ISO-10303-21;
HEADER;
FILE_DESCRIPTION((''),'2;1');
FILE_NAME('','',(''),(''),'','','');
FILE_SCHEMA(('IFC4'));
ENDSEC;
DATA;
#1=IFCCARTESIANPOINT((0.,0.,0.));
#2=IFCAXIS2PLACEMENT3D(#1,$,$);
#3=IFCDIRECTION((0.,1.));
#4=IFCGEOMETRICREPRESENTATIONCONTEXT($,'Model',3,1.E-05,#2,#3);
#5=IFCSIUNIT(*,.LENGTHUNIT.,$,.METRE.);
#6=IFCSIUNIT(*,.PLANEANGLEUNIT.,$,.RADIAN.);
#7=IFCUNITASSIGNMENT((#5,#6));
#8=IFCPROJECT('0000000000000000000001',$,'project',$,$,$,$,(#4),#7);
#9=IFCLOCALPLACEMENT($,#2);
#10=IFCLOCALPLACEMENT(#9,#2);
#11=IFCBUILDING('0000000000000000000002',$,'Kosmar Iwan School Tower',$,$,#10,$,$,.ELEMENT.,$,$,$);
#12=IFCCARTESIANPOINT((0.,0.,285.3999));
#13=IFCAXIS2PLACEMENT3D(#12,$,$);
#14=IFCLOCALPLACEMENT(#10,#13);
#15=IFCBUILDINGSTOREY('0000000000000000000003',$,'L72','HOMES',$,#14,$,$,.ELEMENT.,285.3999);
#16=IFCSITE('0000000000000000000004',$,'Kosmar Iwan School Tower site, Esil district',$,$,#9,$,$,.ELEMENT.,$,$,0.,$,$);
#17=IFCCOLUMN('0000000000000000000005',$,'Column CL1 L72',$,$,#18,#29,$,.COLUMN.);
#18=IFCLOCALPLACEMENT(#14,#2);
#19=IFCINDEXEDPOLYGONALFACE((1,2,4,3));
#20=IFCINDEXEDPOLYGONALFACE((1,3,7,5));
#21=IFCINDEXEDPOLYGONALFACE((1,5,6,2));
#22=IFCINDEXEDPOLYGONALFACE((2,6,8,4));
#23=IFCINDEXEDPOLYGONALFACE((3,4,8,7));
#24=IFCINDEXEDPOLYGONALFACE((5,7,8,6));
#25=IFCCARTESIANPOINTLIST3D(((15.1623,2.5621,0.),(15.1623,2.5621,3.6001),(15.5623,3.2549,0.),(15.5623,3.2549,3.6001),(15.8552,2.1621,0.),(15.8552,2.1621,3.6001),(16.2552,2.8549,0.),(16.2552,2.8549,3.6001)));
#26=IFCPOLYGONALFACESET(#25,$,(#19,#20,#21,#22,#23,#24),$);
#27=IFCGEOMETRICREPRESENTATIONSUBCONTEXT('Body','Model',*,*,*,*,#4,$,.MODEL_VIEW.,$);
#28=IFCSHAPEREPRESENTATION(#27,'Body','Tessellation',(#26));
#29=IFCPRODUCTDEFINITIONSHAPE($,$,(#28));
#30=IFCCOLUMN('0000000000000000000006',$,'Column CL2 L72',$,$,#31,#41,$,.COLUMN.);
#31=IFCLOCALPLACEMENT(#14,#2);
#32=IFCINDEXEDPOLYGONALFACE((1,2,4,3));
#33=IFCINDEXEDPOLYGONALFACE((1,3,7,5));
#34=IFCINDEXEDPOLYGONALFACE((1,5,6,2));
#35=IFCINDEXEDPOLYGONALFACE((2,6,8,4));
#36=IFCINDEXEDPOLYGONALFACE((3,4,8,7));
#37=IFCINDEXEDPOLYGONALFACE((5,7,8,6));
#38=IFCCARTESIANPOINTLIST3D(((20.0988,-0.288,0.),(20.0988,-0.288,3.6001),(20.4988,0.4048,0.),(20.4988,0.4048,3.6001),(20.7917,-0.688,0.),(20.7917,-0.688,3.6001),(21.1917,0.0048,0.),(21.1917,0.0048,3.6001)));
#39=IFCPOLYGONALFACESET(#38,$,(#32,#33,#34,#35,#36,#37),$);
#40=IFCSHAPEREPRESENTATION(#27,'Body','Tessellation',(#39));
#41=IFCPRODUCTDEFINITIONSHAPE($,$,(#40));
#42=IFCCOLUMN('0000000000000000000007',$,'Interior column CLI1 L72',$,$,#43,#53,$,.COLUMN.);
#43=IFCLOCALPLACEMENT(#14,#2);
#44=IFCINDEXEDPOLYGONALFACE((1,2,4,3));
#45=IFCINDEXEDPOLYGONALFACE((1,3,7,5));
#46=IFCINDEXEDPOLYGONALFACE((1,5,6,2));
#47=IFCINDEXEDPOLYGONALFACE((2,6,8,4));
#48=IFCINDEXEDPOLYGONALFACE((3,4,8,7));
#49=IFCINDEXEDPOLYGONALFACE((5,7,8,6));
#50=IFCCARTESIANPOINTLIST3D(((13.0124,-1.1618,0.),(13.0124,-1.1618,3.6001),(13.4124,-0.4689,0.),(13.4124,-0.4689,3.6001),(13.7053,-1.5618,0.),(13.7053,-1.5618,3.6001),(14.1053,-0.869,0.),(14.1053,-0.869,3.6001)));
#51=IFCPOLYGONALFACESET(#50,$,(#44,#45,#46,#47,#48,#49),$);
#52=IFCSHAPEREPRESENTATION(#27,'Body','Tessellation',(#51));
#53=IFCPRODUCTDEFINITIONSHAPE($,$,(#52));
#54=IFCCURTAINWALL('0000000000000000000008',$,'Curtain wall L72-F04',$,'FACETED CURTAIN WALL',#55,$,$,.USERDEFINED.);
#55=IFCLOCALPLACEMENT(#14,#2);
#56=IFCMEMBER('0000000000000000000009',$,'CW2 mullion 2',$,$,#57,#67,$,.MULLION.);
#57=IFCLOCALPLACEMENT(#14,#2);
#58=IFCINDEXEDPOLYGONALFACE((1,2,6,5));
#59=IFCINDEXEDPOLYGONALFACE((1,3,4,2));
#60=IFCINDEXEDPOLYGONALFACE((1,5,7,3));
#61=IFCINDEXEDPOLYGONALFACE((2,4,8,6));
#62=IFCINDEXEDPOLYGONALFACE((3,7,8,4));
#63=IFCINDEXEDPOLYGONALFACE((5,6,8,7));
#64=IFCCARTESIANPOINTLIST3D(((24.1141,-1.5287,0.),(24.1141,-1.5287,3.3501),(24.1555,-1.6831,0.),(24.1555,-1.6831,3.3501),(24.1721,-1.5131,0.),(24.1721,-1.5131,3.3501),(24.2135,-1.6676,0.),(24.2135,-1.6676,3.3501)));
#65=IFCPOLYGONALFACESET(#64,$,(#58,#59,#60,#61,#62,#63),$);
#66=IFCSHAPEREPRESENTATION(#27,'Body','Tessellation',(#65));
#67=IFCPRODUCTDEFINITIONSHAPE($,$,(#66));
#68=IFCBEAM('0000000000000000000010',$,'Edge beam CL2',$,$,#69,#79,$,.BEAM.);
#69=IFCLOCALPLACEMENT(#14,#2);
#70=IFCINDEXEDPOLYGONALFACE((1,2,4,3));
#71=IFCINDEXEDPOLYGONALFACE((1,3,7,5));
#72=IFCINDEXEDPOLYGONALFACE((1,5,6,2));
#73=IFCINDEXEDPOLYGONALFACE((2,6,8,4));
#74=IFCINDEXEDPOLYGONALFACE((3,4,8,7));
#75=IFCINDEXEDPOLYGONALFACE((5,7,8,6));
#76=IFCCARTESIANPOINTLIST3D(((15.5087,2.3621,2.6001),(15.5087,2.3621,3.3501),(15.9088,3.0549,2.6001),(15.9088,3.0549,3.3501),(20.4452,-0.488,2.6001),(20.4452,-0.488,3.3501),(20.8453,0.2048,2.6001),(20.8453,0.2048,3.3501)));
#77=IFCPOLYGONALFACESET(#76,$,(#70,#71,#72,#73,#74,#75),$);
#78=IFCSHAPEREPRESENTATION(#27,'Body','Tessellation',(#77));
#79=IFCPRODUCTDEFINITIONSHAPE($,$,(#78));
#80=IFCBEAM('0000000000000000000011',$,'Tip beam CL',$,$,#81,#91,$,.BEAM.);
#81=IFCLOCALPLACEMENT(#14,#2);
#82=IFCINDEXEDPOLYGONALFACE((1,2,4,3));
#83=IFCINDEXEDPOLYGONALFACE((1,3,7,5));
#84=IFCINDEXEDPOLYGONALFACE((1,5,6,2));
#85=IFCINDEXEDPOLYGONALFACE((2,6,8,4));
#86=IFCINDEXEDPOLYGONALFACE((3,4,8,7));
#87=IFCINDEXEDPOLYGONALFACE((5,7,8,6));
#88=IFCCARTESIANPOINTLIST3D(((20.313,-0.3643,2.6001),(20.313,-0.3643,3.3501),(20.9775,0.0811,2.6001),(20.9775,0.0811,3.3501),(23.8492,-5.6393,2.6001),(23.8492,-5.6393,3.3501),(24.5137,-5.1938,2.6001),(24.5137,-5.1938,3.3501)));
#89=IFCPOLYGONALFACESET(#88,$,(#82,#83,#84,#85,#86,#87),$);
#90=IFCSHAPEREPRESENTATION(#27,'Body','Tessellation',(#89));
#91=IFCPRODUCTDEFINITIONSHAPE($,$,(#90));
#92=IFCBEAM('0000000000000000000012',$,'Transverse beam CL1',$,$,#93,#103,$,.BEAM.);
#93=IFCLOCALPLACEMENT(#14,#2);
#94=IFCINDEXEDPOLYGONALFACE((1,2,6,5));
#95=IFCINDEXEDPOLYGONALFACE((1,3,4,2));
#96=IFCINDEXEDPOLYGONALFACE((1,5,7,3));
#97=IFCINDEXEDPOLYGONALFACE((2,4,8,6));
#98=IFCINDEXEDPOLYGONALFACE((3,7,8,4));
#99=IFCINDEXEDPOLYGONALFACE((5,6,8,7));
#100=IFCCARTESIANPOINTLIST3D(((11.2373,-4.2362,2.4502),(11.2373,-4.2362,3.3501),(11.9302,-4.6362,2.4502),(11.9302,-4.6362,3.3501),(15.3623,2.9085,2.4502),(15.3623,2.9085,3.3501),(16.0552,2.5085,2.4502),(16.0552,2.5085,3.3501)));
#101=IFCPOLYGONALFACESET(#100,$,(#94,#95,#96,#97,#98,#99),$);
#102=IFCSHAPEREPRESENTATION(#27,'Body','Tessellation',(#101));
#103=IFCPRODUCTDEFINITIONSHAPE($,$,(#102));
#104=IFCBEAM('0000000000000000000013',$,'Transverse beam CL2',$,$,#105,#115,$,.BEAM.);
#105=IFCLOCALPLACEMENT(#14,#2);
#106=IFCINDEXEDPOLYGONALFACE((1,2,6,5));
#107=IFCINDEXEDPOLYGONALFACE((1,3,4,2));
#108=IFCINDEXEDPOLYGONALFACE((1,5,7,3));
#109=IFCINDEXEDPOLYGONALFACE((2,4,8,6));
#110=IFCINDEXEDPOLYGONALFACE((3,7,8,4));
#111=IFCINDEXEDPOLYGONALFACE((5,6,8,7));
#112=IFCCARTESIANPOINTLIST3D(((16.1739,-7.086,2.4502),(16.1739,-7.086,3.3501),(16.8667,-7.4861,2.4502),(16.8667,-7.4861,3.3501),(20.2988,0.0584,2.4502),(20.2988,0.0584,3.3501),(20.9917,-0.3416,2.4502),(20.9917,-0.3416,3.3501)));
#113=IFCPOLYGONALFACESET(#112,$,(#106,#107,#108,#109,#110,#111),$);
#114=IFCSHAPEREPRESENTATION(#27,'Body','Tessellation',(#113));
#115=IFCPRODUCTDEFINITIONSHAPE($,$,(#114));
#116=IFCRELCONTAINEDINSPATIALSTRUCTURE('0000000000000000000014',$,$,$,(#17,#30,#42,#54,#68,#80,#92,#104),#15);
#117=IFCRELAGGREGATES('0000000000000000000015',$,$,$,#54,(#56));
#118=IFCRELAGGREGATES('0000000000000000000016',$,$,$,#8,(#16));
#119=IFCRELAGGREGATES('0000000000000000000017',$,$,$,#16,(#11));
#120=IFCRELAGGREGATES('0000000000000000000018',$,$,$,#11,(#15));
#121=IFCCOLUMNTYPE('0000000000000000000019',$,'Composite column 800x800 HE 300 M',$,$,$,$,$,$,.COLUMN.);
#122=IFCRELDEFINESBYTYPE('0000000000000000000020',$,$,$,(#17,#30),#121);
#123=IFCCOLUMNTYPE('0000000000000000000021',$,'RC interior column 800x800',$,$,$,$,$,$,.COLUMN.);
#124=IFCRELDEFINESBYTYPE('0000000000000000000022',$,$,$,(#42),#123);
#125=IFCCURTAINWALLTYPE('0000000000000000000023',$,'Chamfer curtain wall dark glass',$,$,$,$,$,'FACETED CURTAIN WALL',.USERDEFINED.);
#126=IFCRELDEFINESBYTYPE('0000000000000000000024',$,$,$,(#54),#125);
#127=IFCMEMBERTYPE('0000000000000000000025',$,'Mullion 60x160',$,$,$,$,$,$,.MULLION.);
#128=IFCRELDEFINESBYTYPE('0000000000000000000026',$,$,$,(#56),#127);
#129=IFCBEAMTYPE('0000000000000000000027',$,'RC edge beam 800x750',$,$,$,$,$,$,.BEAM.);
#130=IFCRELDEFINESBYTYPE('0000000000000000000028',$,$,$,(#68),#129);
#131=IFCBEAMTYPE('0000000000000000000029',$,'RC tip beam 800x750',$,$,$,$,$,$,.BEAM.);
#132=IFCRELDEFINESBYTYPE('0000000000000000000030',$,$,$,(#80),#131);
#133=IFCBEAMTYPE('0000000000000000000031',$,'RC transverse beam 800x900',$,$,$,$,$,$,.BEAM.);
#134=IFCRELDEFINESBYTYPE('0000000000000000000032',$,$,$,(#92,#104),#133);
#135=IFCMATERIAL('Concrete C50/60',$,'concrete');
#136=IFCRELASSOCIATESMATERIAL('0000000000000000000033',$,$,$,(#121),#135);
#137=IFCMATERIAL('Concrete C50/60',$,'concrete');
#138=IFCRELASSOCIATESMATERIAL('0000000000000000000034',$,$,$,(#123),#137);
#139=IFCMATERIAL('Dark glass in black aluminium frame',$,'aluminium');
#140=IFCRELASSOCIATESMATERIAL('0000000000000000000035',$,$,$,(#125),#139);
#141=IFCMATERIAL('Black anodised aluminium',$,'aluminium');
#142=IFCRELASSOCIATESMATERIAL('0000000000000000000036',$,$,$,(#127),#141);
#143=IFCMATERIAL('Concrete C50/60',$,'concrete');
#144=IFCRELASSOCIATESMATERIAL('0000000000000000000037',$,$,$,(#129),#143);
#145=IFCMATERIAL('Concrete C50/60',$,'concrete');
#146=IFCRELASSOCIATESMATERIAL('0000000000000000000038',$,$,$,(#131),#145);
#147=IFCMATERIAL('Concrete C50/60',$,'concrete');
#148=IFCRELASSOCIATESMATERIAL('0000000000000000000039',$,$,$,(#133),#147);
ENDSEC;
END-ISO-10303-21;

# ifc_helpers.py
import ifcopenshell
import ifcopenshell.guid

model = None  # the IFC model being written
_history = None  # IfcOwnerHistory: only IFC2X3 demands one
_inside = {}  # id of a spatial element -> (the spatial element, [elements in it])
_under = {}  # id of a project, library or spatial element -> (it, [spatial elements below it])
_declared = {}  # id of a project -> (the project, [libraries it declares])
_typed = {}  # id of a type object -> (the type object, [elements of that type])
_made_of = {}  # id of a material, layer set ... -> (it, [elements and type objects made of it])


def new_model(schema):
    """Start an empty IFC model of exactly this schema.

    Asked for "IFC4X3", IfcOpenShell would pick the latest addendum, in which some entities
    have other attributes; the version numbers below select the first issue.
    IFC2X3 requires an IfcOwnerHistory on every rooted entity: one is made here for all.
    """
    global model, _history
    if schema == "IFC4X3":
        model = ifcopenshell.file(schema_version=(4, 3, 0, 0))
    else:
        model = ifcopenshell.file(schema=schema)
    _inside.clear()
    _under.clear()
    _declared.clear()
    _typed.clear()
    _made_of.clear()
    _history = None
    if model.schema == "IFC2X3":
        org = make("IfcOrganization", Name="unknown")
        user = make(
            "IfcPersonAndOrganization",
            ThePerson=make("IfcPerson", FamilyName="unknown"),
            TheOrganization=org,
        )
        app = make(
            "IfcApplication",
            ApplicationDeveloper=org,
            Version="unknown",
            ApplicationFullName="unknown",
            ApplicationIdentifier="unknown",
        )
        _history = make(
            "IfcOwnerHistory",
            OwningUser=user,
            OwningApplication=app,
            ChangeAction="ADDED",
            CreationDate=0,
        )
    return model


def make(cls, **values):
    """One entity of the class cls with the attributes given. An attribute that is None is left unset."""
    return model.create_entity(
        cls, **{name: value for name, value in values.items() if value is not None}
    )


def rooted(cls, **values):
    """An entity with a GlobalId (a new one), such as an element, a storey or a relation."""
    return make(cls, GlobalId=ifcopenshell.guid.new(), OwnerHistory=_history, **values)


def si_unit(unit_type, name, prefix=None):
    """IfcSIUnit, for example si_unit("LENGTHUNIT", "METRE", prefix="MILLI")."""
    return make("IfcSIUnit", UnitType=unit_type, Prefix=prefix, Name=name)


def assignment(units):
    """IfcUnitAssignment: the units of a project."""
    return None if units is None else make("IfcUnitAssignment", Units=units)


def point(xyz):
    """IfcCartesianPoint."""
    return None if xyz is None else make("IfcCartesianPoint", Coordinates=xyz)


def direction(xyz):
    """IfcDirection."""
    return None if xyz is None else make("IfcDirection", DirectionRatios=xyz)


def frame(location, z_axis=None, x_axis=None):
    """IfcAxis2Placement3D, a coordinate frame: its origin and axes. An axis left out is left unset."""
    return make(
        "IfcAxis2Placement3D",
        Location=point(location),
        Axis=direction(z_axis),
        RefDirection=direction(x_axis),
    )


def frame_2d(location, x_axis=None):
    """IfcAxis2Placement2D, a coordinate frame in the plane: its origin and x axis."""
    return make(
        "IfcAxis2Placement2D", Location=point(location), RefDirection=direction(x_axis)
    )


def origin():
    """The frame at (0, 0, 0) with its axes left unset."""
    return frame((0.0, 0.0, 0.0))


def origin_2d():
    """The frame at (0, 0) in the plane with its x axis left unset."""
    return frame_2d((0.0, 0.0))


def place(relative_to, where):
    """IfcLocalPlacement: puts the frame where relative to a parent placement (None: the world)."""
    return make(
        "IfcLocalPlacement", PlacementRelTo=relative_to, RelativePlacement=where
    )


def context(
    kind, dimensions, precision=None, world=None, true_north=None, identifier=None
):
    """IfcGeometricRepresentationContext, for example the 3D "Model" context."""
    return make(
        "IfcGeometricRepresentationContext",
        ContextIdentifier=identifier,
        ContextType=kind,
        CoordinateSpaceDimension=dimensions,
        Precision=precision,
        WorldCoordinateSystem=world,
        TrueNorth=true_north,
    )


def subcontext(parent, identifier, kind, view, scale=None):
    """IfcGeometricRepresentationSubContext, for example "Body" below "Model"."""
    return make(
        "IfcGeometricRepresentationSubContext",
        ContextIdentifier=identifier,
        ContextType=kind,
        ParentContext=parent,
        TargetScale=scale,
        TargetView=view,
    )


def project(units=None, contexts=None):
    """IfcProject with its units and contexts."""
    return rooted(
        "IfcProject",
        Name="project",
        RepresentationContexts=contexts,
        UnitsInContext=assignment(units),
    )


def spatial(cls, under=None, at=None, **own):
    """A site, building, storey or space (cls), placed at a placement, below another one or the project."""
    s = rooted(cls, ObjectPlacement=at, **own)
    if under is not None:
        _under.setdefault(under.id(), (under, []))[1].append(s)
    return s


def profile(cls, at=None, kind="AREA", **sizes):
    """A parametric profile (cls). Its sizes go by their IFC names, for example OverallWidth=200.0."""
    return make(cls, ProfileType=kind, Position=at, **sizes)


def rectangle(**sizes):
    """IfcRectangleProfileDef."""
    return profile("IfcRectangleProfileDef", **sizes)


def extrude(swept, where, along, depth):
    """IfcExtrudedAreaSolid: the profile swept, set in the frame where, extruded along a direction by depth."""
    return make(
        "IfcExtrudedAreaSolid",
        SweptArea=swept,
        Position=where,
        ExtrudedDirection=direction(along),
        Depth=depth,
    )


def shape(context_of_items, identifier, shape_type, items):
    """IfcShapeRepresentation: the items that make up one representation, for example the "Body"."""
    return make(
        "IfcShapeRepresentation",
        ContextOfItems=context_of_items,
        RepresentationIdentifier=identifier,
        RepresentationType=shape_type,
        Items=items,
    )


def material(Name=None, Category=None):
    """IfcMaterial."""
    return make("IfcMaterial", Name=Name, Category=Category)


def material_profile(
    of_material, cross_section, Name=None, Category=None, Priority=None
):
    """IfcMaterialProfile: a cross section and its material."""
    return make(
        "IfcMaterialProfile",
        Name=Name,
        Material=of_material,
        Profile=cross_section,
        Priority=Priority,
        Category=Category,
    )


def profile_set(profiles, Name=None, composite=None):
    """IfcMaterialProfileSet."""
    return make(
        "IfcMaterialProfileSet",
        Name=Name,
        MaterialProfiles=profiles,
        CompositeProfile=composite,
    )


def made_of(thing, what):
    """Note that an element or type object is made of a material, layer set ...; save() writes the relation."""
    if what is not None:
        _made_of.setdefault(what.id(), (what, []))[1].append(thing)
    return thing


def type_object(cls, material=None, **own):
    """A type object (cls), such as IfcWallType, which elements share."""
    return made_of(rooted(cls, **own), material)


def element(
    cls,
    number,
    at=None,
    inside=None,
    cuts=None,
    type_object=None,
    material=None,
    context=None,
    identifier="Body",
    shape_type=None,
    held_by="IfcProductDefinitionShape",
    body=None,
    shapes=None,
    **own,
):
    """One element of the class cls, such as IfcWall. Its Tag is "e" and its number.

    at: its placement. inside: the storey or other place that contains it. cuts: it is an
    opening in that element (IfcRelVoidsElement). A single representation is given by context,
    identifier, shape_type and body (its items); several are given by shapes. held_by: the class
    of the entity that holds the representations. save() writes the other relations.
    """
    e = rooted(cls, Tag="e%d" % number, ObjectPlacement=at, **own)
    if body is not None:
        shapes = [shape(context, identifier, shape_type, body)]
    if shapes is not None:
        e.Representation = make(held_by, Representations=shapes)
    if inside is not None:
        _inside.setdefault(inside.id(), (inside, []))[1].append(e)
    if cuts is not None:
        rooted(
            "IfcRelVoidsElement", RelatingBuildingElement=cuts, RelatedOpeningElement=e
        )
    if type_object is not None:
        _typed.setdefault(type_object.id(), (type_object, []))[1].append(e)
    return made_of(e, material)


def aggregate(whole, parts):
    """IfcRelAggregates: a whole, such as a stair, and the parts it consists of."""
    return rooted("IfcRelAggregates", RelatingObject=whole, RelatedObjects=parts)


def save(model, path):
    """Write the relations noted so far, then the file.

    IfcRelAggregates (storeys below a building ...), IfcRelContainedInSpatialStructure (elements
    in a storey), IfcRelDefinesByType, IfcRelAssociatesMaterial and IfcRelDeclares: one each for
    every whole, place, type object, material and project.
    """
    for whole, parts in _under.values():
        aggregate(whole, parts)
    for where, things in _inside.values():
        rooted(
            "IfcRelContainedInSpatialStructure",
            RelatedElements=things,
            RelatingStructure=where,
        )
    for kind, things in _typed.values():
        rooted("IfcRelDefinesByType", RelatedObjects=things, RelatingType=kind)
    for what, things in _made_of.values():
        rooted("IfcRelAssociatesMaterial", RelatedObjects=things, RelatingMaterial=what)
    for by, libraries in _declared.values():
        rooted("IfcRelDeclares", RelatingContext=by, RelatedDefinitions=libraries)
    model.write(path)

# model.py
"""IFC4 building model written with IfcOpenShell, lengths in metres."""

from ifc_helpers import new_model, si_unit, direction, frame, origin, origin_2d, place, context, subcontext, project, spatial, rectangle, extrude, material, material_profile, profile_set, type_object, element, aggregate, save


model = new_model("IFC4")

# Units and contexts
model_context = context("Model", 3, precision=1e-05, world=origin(), true_north=direction((0.0, 1.0)))
body_context = subcontext(model_context, "Body", "Model", "MODEL_VIEW")
ifc_project = project(units=[si_unit("LENGTHUNIT", "METRE"), si_unit("PLANEANGLEUNIT", "RADIAN")], contexts=[model_context])

# Site, building, storey
site_placement = place(None, origin())
site = spatial("IfcSite", under=ifc_project, at=site_placement, Name="Kosmar Iwan School Tower site, Esil district", CompositionType="ELEMENT", RefElevation=0.0)
building_placement = place(site_placement, origin())
building = spatial("IfcBuilding", under=site, at=building_placement, Name="Kosmar Iwan School Tower", CompositionType="ELEMENT")
storey_placement = place(building_placement, frame((0.0, 0.0, 285.3999)))
storey = spatial("IfcBuildingStorey", under=building, at=storey_placement, Name="L72", Description="HOMES", CompositionType="ELEMENT", Elevation=285.3999)

# Columns
ifc_material_1 = material(Name="Concrete C50/60", Category="concrete")
ifc_material_profile_1 = material_profile(ifc_material_1, rectangle(XDim=0.8, YDim=0.8, at=origin_2d()), Name="RC 800x800 + HE 300 M")
ifc_profile_set_1 = profile_set([ifc_material_profile_1], Name="Concrete C50/60")
column_type_1 = type_object("IfcColumnType", Name="Composite column 800x800 HE 300 M", PredefinedType="COLUMN", material=ifc_profile_set_1)
for number, where, z_axis, x_axis, name in (
    (1, (15.7087, 2.7085, 0.0), (0.0, 0.0, 1.0), (0.866025, -0.5, 0.0), "Column CL1 L72"),
    (2, (20.6453, -0.1416, 0.0), (0.0, 0.0, 1.0), (0.866025, -0.5, 0.0), "Column CL2 L72"),
):
    element("IfcColumn", number, at=place(storey_placement, frame(where, z_axis=z_axis, x_axis=x_axis)), inside=storey, type_object=column_type_1, Name=name, PredefinedType="COLUMN", context=body_context, shape_type="SweptSolid", body=[
        extrude(rectangle(XDim=0.8, YDim=0.8, at=origin_2d()), origin(), (0.0, 0.0, 1.0), 3.6001),
    ])
ifc_material_2 = material(Name="Concrete C50/60", Category="concrete")
ifc_material_profile_2 = material_profile(ifc_material_2, rectangle(XDim=0.8, YDim=0.8, at=origin_2d()), Name="RC 800x800")
ifc_profile_set_2 = profile_set([ifc_material_profile_2], Name="Concrete C50/60")
column_type_2 = type_object("IfcColumnType", Name="RC interior column 800x800", PredefinedType="COLUMN", material=ifc_profile_set_2)
column_placement = place(storey_placement, frame((13.5588, -1.0154, 0.0), z_axis=(0.0, 0.0, 1.0), x_axis=(0.866025, -0.5, 0.0)))
element("IfcColumn", 3, at=column_placement, inside=storey, type_object=column_type_2, Name="Interior column CLI1 L72", PredefinedType="COLUMN", context=body_context, shape_type="SweptSolid", body=[
    extrude(rectangle(XDim=0.8, YDim=0.8, at=origin_2d()), origin(), (0.0, 0.0, 1.0), 3.6001),
])

# Curtain wall, member
ifc_material_3 = material(Name="Dark glass in black aluminium frame", Category="aluminium")
curtain_wall_type = type_object("IfcCurtainWallType", Name="Chamfer curtain wall dark glass", ElementType="FACETED CURTAIN WALL", PredefinedType="USERDEFINED", material=ifc_material_3)
curtain_wall_placement = place(storey_placement, origin())
curtain_wall = element("IfcCurtainWall", 4, at=curtain_wall_placement, inside=storey, type_object=curtain_wall_type, Name="Curtain wall L72-F04", ObjectType="FACETED CURTAIN WALL", PredefinedType="USERDEFINED")
ifc_material_4 = material(Name="Black anodised aluminium", Category="aluminium")
ifc_material_profile_3 = material_profile(ifc_material_4, rectangle(XDim=0.0601, YDim=0.1599, at=origin_2d()), Name="MULLION 60x160")
ifc_profile_set_3 = profile_set([ifc_material_profile_3], Name="Black anodised aluminium")
member_type = type_object("IfcMemberType", Name="Mullion 60x160", PredefinedType="MULLION", material=ifc_profile_set_3)
member_placement = place(storey_placement, frame((24.1638, -1.5981, 0.0), z_axis=(0.0, 0.0, 1.0), x_axis=(-0.965926, -0.258819, 0.0)))
member = element("IfcMember", 5, at=member_placement, type_object=member_type, Name="CW2 mullion 2", PredefinedType="MULLION", context=body_context, shape_type="SweptSolid", body=[
    extrude(rectangle(XDim=0.0601, YDim=0.1599, at=origin_2d()), origin(), (0.0, 0.0, 1.0), 3.3501),
])
aggregate(curtain_wall, [member])

# Beams
ifc_material_5 = material(Name="Concrete C50/60", Category="concrete")
ifc_material_profile_4 = material_profile(ifc_material_5, rectangle(XDim=0.8, YDim=0.75, at=origin_2d()), Name="RC 800x750")
ifc_profile_set_4 = profile_set([ifc_material_profile_4], Name="Concrete C50/60")
beam_type_1 = type_object("IfcBeamType", Name="RC edge beam 800x750", PredefinedType="BEAM", material=ifc_profile_set_4)
beam_1_placement = place(storey_placement, frame((15.7087, 2.7085, 2.9751), z_axis=(0.866026, -0.499999, 0.0), x_axis=(0.499999, 0.866026, 0.0)))
element("IfcBeam", 6, at=beam_1_placement, inside=storey, type_object=beam_type_1, Name="Edge beam CL2", PredefinedType="BEAM", context=body_context, shape_type="SweptSolid", body=[
    extrude(rectangle(XDim=0.8, YDim=0.75, at=origin_2d()), origin(), (0.0, 0.0, 1.0), 5.7002),
])
ifc_material_6 = material(Name="Concrete C50/60", Category="concrete")
ifc_material_profile_5 = material_profile(ifc_material_6, rectangle(XDim=0.8, YDim=0.75, at=origin_2d()), Name="RC 800x750")
ifc_profile_set_5 = profile_set([ifc_material_profile_5], Name="Concrete C50/60")
beam_type_2 = type_object("IfcBeamType", Name="RC tip beam 800x750", PredefinedType="BEAM", material=ifc_profile_set_5)
beam_2_placement = place(storey_placement, frame((20.6453, -0.1416, 2.9751), z_axis=(0.556828, -0.830628, 0.0), x_axis=(0.830628, 0.556828, 0.0)))
element("IfcBeam", 7, at=beam_2_placement, inside=storey, type_object=beam_type_2, Name="Tip beam CL", PredefinedType="BEAM", context=body_context, shape_type="SweptSolid", body=[
    extrude(rectangle(XDim=0.8, YDim=0.75, at=origin_2d()), origin(), (0.0, 0.0, 1.0), 6.3506),
])
ifc_material_7 = material(Name="Concrete C50/60", Category="concrete")
ifc_material_profile_6 = material_profile(ifc_material_7, rectangle(XDim=0.8, YDim=0.8999, at=origin_2d()), Name="RC 800x900")
ifc_profile_set_6 = profile_set([ifc_material_profile_6], Name="Concrete C50/60")
beam_type_3 = type_object("IfcBeamType", Name="RC transverse beam 800x900", PredefinedType="BEAM", material=ifc_profile_set_6)
beam_3_placement = place(storey_placement, frame((15.7087, 2.7085, 2.9001), z_axis=(-0.499997, -0.866027, 0.0), x_axis=(0.866027, -0.499997, 0.0)))
element("IfcBeam", 8, at=beam_3_placement, inside=storey, type_object=beam_type_3, Name="Transverse beam CL1", PredefinedType="BEAM", context=body_context, shape_type="SweptSolid", body=[
    extrude(rectangle(XDim=0.8, YDim=0.8999, at=origin_2d()), origin(), (0.0, 0.0, 1.0), 8.25),
])
beam_4_placement = place(storey_placement, frame((20.6453, -0.1416, 2.9001), z_axis=(-0.500009, -0.86602, 0.0), x_axis=(0.86602, -0.500009, 0.0)))
element("IfcBeam", 9, at=beam_4_placement, inside=storey, type_object=beam_type_3, Name="Transverse beam CL2", PredefinedType="BEAM", context=body_context, shape_type="SweptSolid", body=[
    extrude(rectangle(XDim=0.8, YDim=0.8999, at=origin_2d()), origin(), (0.0, 0.0, 1.0), 8.2498),
])

save(model, "model.ifc")
